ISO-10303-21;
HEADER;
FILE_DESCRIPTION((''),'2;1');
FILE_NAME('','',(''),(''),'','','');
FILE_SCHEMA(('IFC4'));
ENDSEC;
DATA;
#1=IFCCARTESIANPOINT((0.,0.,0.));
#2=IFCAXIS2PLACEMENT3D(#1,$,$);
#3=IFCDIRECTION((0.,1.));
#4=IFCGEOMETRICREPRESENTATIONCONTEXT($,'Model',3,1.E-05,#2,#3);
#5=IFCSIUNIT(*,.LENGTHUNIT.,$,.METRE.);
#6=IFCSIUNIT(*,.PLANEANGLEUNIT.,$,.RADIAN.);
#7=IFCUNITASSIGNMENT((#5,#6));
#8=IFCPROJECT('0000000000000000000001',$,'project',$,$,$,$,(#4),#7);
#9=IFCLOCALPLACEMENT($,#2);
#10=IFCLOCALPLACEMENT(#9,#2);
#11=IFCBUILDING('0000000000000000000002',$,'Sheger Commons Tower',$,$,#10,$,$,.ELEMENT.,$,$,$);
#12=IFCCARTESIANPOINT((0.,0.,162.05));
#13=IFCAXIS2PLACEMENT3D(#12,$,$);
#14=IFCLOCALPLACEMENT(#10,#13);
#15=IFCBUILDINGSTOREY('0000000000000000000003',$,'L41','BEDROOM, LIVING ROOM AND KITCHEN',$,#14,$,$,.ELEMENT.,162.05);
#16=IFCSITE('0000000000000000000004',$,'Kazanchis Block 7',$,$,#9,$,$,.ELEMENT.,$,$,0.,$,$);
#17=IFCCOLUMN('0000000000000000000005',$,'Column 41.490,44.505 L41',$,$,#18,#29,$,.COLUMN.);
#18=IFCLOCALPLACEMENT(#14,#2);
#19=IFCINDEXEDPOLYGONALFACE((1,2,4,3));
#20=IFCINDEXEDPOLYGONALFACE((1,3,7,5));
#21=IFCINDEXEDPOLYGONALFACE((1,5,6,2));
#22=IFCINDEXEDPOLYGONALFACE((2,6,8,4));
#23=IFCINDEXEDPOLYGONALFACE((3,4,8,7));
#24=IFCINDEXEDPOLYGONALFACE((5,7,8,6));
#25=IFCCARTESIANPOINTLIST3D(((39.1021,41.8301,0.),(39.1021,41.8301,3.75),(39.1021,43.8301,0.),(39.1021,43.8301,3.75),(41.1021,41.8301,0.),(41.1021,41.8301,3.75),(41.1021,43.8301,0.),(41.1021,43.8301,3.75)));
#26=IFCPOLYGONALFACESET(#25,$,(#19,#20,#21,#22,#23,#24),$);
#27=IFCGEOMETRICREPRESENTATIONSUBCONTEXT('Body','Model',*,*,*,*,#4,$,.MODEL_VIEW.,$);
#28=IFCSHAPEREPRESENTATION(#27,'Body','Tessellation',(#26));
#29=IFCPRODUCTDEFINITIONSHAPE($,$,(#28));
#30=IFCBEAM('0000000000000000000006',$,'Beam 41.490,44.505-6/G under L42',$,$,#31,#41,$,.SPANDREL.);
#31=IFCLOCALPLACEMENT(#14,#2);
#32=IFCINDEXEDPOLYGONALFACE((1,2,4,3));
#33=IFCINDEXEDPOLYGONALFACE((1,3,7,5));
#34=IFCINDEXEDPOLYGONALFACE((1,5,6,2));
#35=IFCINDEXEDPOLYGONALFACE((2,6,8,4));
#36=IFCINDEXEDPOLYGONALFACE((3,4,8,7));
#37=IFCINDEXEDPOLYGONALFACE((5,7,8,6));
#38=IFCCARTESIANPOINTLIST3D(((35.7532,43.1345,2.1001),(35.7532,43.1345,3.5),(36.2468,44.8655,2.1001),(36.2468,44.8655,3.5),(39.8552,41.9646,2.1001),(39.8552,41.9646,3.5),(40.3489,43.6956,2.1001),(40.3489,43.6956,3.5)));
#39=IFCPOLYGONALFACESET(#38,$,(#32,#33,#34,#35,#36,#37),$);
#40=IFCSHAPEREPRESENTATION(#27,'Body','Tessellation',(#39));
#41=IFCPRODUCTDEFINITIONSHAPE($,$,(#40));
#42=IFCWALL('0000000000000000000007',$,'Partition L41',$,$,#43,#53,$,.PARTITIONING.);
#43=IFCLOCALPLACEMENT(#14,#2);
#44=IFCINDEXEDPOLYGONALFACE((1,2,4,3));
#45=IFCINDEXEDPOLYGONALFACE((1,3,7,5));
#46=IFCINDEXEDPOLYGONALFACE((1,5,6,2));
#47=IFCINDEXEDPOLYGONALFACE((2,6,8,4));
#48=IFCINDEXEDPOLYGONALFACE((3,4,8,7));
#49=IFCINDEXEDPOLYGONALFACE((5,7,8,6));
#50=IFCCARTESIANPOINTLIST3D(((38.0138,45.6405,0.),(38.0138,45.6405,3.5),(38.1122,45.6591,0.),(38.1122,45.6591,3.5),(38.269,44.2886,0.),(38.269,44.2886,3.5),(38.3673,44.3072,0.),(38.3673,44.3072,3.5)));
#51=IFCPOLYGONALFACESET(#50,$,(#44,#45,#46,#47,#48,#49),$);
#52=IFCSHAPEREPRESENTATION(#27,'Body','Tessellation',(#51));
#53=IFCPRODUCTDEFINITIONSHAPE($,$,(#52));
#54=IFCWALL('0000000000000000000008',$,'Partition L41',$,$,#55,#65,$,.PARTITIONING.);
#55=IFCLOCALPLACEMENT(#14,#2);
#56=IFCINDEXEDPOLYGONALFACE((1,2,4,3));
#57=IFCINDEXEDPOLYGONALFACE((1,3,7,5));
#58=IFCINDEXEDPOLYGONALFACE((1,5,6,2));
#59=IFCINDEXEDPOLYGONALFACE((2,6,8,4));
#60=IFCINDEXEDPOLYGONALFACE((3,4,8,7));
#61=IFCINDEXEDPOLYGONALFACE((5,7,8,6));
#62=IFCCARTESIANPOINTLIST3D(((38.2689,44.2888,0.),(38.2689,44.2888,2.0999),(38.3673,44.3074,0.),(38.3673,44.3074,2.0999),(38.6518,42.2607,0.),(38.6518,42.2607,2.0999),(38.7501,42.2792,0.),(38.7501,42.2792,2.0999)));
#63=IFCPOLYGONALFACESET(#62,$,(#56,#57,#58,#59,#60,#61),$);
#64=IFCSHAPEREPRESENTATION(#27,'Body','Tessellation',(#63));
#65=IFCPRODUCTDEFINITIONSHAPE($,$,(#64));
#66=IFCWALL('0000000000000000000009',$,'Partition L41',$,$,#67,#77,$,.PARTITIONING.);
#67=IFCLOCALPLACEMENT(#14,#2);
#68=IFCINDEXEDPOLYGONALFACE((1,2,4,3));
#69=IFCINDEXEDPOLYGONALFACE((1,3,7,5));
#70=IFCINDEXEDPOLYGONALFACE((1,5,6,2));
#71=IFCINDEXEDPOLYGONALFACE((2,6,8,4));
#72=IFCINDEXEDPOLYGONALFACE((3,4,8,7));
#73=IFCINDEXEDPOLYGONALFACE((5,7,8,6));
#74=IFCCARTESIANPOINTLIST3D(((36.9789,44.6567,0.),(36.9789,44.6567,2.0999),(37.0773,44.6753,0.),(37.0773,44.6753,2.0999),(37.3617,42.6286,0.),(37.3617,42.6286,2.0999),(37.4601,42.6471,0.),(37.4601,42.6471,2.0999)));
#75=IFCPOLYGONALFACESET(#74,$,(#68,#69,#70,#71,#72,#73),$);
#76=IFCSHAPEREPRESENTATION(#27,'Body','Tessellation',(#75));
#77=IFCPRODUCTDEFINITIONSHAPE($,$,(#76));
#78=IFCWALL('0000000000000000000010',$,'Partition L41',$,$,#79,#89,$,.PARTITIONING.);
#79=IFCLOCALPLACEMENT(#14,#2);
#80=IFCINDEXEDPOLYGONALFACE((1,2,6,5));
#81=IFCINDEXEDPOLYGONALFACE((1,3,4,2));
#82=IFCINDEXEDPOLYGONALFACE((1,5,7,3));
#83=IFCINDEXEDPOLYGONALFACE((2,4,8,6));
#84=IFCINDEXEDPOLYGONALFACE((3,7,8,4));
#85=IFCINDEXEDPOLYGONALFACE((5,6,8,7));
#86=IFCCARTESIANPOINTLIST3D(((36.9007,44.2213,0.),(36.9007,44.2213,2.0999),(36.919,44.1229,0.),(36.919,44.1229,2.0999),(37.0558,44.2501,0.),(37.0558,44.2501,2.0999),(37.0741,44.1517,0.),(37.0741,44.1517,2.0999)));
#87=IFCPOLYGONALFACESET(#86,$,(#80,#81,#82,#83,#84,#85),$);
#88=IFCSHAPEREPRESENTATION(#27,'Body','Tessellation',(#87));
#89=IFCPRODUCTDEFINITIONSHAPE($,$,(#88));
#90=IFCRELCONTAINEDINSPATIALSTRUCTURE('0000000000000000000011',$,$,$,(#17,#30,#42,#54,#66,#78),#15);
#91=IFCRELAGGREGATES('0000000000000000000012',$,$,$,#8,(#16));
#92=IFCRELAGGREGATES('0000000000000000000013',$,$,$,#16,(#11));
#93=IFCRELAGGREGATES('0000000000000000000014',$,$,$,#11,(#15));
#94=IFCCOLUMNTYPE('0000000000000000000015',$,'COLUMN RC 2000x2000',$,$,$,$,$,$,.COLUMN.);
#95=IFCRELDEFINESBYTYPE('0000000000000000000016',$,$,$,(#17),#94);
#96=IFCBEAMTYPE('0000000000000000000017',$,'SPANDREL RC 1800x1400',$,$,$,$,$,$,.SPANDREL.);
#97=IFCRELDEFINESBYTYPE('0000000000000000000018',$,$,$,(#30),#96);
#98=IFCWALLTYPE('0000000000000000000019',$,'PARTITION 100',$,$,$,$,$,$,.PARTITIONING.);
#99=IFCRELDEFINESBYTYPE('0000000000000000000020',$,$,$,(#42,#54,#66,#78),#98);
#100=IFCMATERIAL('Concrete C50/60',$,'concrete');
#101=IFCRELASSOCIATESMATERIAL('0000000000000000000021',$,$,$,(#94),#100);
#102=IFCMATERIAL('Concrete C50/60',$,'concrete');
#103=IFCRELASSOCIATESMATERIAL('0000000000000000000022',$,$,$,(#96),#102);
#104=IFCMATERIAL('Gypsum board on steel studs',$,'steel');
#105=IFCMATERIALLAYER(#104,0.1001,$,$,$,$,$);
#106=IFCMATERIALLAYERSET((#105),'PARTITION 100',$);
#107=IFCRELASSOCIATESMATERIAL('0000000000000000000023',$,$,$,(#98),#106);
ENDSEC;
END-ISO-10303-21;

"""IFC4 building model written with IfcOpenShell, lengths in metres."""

from ifc_helpers import new_model, si_unit, direction, frame, frame_2d, origin, origin_2d, place, context, subcontext, project, spatial, rectangle, extrude, material, layer, layer_set, material_profile, profile_set, type_object, element, save


model = new_model("IFC4")

# Units and contexts
model_context = context("Model", 3, precision=1e-05, world=origin(), true_north=direction((0.0, 1.0)))
body_context = subcontext(model_context, "Body", "Model", "MODEL_VIEW")
ifc_project = project(units=[si_unit("LENGTHUNIT", "METRE"), si_unit("PLANEANGLEUNIT", "RADIAN")], contexts=[model_context])

# Site, building, storey
site_placement = place(None, origin())
site = spatial("IfcSite", under=ifc_project, at=site_placement, Name="Kazanchis Block 7", CompositionType="ELEMENT", RefElevation=0.0)
building_placement = place(site_placement, origin())
building = spatial("IfcBuilding", under=site, at=building_placement, Name="Sheger Commons Tower", CompositionType="ELEMENT")
storey_placement = place(building_placement, frame((0.0, 0.0, 162.05)))
storey = spatial("IfcBuildingStorey", under=building, at=storey_placement, Name="L41", Description="BEDROOM, LIVING ROOM AND KITCHEN", CompositionType="ELEMENT", Elevation=162.05)

# Column
ifc_material_1 = material(Name="Concrete C50/60", Category="concrete")
ifc_material_profile_1 = material_profile(ifc_material_1, rectangle(XDim=2.0, YDim=2.0, at=origin_2d()), Name="RC 2000x2000")
ifc_profile_set_1 = profile_set([ifc_material_profile_1], Name="Concrete C50/60")
column_type = type_object("IfcColumnType", Name="COLUMN RC 2000x2000", PredefinedType="COLUMN", material=ifc_profile_set_1)
column_placement = place(storey_placement, frame((40.1021, 42.8301, 0.0), z_axis=(0.0, 0.0, 1.0), x_axis=(1.0, 0.0, 0.0)))
element("IfcColumn", 1, at=column_placement, inside=storey, type_object=column_type, Name="Column 41.490,44.505 L41", PredefinedType="COLUMN", context=body_context, shape_type="SweptSolid", body=[
    extrude(rectangle(XDim=2.0, YDim=2.0, at=origin_2d()), origin(), (0.0, 0.0, 1.0), 3.75),
])

# Beam
ifc_material_2 = material(Name="Concrete C50/60", Category="concrete")
ifc_material_profile_2 = material_profile(ifc_material_2, rectangle(XDim=1.8, YDim=1.3999, at=origin_2d()), Name="RC 1800x1400")
ifc_profile_set_2 = profile_set([ifc_material_profile_2], Name="Concrete C50/60")
beam_type = type_object("IfcBeamType", Name="SPANDREL RC 1800x1400", PredefinedType="SPANDREL", material=ifc_profile_set_2)
beam_placement = place(storey_placement, frame((40.1021, 42.8301, 2.8), z_axis=(-0.961653, 0.274268, 0.0), x_axis=(-0.274268, -0.961653, 0.0)))
element("IfcBeam", 2, at=beam_placement, inside=storey, type_object=beam_type, Name="Beam 41.490,44.505-6/G under L42", PredefinedType="SPANDREL", context=body_context, shape_type="SweptSolid", body=[
    extrude(rectangle(XDim=1.8, YDim=1.3999, at=origin_2d()), origin(), (0.0, 0.0, 1.0), 4.2656),
])

# Walls
ifc_material_3 = material(Name="Gypsum board on steel studs", Category="steel")
ifc_layer = layer(ifc_material_3, 0.1001)
ifc_layer_set = layer_set([ifc_layer], Name="PARTITION 100")
wall_type = type_object("IfcWallType", Name="PARTITION 100", PredefinedType="PARTITIONING", material=ifc_layer_set)
wall_1_placement = place(storey_placement, frame((38.063, 45.6499, 0.0), z_axis=(0.0, 0.0, 1.0), x_axis=(0.185456, -0.982653, 0.0)))
element("IfcWall", 3, at=wall_1_placement, inside=storey, type_object=wall_type, Name="Partition L41", PredefinedType="PARTITIONING", context=body_context, shape_type="SweptSolid", body=[
    extrude(rectangle(XDim=1.3757, YDim=0.1001, at=frame_2d((0.688, 0.0))), origin(), (0.0, 0.0, 1.0), 3.5),
])
for number, where, z_axis, x_axis, name in (
    (4, (38.3181, 44.2981, 0.0), (0.0, 0.0, 1.0), (0.185481, -0.982648, 0.0), "Partition L41"),
    (5, (37.0281, 44.666, 0.0), (0.0, 0.0, 1.0), (0.185481, -0.982648, 0.0), "Partition L41"),
):
    element("IfcWall", number, at=place(storey_placement, frame(where, z_axis=z_axis, x_axis=x_axis)), inside=storey, type_object=wall_type, Name=name, PredefinedType="PARTITIONING", context=body_context, shape_type="SweptSolid", body=[
        extrude(rectangle(XDim=2.064, YDim=0.1001, at=frame_2d((1.032, 0.0))), origin(), (0.0, 0.0, 1.0), 2.0999),
    ])

# Wall
wall_2_placement = place(storey_placement, frame((37.0649, 44.2009, 0.0), z_axis=(0.0, 0.0, 1.0), x_axis=(-0.983169, -0.182699, 0.0)))
element("IfcWall", 6, at=wall_2_placement, inside=storey, type_object=wall_type, Name="Partition L41", PredefinedType="PARTITIONING", context=body_context, shape_type="SweptSolid", body=[
    extrude(rectangle(XDim=0.1577, YDim=0.1001, at=frame_2d((0.0789, 0.0))), origin(), (0.0, 0.0, 1.0), 2.0999),
])

save(model, "model.ifc")
